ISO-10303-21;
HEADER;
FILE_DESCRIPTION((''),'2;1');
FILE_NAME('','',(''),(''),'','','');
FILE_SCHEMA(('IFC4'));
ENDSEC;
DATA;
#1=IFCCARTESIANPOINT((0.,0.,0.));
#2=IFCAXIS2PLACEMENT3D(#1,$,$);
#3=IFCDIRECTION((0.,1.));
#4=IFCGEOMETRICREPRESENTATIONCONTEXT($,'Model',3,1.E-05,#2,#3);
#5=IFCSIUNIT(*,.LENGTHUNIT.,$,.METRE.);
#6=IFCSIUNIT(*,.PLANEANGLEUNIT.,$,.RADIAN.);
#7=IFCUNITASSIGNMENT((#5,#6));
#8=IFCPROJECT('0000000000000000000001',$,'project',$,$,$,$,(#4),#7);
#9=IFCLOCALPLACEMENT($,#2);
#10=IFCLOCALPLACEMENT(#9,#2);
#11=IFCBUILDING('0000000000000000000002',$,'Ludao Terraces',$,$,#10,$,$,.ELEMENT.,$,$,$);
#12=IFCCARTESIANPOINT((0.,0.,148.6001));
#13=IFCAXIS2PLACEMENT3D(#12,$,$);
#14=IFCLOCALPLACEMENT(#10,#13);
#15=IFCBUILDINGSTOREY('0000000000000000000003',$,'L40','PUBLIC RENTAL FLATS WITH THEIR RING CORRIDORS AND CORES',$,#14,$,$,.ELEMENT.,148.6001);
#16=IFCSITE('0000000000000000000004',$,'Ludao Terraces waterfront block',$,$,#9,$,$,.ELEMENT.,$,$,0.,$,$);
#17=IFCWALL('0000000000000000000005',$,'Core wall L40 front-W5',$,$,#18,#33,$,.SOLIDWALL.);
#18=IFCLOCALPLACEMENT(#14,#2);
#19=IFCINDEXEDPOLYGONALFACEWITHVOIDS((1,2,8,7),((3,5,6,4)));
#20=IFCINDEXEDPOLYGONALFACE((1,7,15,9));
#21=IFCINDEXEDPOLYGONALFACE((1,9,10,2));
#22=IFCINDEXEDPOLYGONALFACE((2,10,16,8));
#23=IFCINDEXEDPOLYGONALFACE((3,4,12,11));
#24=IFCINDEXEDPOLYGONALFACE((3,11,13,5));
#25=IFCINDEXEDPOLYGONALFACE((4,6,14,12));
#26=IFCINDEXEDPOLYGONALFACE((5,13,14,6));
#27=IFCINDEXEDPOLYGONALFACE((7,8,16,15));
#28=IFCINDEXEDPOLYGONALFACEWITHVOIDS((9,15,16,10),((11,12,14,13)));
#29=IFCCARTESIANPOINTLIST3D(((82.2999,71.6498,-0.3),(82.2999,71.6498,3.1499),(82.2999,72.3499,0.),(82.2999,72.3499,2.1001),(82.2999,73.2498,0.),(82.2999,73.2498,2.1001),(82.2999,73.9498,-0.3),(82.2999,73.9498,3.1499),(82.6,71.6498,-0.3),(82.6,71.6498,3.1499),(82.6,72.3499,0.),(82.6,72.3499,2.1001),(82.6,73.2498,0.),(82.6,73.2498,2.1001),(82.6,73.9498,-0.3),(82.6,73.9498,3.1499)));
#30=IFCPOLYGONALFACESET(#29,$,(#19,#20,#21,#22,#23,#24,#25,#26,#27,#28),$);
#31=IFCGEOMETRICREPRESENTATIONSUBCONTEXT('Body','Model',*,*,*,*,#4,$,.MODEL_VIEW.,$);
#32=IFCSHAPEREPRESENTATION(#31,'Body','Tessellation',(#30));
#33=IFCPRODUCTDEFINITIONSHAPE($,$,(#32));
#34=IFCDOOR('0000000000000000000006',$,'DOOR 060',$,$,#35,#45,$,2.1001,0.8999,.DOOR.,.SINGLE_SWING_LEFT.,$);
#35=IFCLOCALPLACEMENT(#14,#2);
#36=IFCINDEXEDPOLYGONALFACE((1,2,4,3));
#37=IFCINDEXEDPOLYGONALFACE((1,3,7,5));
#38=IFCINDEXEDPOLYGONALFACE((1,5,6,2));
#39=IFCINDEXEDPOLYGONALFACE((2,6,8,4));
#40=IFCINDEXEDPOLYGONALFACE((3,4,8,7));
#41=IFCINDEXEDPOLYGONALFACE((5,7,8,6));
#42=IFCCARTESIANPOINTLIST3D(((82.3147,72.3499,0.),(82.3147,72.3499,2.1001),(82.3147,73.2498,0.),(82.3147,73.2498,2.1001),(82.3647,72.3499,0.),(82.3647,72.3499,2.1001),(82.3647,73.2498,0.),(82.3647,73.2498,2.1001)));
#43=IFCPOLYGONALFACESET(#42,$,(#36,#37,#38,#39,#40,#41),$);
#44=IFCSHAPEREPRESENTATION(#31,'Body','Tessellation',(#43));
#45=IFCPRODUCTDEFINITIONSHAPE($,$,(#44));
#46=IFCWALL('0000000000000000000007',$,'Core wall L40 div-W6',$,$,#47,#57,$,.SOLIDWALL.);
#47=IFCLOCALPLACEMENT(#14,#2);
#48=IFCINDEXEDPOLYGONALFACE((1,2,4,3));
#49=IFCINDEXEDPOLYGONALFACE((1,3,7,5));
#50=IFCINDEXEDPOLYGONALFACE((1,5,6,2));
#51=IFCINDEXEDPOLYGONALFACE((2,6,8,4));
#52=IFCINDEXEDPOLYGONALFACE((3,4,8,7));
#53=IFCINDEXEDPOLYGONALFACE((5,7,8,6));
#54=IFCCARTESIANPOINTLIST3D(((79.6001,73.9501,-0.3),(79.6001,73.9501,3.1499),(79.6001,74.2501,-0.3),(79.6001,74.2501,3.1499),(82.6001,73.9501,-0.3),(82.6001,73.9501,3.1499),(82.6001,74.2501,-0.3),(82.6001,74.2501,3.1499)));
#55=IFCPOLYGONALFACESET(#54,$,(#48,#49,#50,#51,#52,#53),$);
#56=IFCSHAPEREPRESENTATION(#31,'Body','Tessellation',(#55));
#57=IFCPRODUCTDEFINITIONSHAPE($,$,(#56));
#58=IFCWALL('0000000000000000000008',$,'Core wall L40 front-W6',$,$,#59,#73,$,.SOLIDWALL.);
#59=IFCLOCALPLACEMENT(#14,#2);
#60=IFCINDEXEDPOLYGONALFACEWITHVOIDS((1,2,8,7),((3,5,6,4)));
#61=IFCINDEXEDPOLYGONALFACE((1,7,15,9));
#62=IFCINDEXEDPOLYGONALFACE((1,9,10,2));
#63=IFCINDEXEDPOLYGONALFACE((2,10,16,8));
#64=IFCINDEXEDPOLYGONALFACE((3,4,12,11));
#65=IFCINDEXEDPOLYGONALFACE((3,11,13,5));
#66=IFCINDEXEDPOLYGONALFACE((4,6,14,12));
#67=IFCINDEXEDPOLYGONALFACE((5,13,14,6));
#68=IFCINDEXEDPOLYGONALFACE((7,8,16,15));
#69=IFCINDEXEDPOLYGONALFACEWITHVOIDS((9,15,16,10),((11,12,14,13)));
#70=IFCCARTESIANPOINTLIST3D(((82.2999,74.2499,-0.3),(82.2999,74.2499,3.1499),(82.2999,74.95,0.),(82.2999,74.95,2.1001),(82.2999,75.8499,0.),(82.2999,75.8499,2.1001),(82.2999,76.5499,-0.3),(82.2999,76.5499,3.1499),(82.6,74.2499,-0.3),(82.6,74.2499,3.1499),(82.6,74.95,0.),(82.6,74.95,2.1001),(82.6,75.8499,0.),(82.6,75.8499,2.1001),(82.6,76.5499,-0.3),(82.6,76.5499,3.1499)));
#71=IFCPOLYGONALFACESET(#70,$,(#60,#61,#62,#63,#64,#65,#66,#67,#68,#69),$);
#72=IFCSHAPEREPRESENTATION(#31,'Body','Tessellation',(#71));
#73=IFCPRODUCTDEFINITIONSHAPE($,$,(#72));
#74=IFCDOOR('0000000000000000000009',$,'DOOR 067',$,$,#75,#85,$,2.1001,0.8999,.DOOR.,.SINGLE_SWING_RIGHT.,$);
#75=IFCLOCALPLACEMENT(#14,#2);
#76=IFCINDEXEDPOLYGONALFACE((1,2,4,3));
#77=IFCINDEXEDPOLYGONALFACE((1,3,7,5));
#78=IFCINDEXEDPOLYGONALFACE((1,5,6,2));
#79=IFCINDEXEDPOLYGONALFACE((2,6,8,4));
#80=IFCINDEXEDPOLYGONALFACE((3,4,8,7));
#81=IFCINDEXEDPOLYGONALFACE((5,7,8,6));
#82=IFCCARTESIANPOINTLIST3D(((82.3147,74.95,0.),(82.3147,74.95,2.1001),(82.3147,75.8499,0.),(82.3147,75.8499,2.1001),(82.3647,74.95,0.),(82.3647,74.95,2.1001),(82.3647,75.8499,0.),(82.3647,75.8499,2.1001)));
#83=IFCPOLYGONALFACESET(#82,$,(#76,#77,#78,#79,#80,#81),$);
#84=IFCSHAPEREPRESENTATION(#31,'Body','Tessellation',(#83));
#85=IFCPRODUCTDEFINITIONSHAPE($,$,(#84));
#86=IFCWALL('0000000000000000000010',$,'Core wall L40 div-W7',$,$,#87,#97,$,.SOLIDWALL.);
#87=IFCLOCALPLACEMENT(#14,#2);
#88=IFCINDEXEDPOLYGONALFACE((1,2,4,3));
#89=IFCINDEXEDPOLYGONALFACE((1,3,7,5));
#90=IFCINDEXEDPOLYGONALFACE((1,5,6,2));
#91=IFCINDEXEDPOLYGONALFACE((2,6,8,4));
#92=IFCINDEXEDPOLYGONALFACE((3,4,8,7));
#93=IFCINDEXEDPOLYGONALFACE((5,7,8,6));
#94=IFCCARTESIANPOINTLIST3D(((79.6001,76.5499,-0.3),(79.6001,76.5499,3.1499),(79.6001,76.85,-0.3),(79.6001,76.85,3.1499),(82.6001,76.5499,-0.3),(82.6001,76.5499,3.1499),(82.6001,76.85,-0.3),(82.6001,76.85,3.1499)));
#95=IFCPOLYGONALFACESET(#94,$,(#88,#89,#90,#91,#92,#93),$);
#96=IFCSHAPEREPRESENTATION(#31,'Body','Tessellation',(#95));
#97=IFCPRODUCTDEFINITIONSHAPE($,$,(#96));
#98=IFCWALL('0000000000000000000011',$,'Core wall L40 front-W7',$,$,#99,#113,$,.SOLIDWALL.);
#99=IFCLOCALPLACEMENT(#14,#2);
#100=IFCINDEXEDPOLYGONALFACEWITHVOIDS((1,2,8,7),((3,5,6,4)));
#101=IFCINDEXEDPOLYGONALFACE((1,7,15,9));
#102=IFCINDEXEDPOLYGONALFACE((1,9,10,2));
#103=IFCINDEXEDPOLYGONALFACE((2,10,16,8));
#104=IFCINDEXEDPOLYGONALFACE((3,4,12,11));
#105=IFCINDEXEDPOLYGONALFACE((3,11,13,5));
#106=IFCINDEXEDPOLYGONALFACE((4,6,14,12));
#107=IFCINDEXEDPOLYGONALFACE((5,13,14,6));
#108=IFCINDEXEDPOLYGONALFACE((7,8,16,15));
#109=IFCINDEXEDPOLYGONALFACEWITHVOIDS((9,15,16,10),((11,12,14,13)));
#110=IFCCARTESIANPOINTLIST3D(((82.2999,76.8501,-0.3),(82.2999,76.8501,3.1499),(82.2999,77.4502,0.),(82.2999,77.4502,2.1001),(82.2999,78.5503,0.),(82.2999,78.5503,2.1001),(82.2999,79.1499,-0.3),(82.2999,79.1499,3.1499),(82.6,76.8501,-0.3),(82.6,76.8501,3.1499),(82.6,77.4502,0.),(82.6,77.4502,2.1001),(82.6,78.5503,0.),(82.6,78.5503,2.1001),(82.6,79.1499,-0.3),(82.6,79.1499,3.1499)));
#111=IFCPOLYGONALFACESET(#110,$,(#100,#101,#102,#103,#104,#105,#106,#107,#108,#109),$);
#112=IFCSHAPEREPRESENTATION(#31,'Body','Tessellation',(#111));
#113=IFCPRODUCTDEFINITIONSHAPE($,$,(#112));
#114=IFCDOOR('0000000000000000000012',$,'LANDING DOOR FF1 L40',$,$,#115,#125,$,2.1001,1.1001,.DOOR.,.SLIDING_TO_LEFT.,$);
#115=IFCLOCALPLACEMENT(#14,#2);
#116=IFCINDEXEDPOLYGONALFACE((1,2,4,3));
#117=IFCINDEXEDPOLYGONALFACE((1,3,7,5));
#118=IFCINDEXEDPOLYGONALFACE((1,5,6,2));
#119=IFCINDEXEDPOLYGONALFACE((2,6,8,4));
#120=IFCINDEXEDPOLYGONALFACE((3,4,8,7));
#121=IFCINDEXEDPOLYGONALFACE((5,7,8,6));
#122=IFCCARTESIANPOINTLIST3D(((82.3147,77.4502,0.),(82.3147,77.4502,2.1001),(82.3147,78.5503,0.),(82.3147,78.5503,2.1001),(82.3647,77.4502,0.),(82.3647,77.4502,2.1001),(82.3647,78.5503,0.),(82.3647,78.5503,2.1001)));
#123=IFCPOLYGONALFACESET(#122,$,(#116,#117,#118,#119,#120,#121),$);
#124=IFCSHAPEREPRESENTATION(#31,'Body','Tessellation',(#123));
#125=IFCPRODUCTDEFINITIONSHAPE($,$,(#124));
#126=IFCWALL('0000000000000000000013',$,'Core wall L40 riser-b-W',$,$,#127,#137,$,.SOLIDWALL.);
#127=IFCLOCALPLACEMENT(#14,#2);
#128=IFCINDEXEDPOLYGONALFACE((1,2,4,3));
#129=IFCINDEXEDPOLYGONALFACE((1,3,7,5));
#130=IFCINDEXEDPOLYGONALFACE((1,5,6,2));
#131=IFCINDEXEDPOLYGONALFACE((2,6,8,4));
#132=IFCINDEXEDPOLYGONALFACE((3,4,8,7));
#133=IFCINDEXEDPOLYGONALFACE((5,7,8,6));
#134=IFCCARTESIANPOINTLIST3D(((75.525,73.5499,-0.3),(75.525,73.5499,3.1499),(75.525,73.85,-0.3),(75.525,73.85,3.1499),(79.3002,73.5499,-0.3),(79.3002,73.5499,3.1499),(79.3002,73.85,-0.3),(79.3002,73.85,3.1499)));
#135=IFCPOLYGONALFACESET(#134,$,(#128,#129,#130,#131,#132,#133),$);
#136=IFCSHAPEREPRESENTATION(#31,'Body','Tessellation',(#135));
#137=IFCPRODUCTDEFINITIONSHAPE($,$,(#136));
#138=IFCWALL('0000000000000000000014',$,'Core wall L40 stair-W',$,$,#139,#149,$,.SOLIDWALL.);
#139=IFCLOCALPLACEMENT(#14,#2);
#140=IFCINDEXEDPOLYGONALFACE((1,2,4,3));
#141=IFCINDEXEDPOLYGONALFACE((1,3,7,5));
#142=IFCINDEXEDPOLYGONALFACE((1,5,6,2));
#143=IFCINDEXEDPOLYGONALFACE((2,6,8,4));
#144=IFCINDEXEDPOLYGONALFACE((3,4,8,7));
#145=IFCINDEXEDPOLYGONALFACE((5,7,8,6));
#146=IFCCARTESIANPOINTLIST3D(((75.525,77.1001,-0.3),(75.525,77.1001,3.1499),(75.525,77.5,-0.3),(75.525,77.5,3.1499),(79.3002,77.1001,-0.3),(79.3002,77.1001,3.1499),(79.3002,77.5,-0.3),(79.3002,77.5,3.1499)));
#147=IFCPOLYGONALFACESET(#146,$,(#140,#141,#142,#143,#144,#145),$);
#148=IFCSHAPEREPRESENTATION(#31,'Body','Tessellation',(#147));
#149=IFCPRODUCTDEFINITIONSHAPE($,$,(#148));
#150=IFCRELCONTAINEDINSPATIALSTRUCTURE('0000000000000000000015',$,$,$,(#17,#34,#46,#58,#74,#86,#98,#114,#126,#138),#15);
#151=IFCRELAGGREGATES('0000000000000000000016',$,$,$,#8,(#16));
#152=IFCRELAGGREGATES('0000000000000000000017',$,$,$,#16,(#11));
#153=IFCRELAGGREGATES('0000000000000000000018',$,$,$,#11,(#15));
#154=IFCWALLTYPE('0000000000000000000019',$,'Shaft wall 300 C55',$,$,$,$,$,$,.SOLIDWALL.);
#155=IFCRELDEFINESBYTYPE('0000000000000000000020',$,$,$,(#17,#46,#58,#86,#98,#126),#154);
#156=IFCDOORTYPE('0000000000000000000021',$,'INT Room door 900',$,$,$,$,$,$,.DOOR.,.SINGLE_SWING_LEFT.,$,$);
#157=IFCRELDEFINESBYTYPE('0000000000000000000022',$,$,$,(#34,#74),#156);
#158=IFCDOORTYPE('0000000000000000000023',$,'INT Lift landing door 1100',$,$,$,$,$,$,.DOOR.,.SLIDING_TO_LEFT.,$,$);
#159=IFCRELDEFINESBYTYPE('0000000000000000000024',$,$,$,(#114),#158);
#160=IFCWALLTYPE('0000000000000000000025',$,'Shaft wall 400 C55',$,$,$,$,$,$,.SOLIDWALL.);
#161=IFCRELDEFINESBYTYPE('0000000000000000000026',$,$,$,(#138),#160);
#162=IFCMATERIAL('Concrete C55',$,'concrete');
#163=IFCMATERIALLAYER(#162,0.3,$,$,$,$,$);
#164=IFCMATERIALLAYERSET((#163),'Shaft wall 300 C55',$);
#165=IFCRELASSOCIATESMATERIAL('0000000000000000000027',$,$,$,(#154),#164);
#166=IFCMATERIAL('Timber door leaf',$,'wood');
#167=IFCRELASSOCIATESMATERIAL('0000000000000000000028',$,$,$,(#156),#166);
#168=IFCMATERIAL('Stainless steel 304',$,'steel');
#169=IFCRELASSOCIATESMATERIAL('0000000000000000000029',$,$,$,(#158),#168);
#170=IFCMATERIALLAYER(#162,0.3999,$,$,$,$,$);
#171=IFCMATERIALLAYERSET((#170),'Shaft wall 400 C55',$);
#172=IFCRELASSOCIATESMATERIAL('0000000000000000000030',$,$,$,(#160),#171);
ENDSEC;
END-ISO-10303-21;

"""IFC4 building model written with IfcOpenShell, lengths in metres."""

from ifc_helpers import new_model, si_unit, direction, frame, frame_2d, origin, place, context, subcontext, project, spatial, rectangle, extrude, material, layer, layer_set, type_object, element, fill, save


model = new_model("IFC4")

# Units and contexts
model_context = context("Model", 3, precision=1e-05, world=origin(), true_north=direction((0.0, 1.0)))
body_context = subcontext(model_context, "Body", "Model", "MODEL_VIEW")
ifc_project = project(units=[si_unit("LENGTHUNIT", "METRE"), si_unit("PLANEANGLEUNIT", "RADIAN")], contexts=[model_context])

# Site, building, storey
site_placement = place(None, origin())
site = spatial("IfcSite", under=ifc_project, at=site_placement, Name="Ludao Terraces waterfront block", CompositionType="ELEMENT", RefElevation=0.0)
building_placement = place(site_placement, origin())
building = spatial("IfcBuilding", under=site, at=building_placement, Name="Ludao Terraces", CompositionType="ELEMENT")
storey_placement = place(building_placement, frame((0.0, 0.0, 148.6001)))
storey = spatial("IfcBuildingStorey", under=building, at=storey_placement, Name="L40", Description="PUBLIC RENTAL FLATS WITH THEIR RING CORRIDORS AND CORES", CompositionType="ELEMENT", Elevation=148.6001)

# Shared definitions
ifc_material_1 = material(Name="Concrete C55", Category="concrete")
ifc_layer_1 = layer(ifc_material_1, 0.3)
ifc_layer_set_1 = layer_set([ifc_layer_1], Name="Shaft wall 300 C55")
wall_type_1 = type_object("IfcWallType", Name="Shaft wall 300 C55", PredefinedType="SOLIDWALL", material=ifc_layer_set_1)

# Shared definitions
ifc_material_2 = material(Name="Timber door leaf", Category="wood")
door_type_1 = type_object("IfcDoorType", Name="INT Room door 900", OperationType="SINGLE_SWING_LEFT", PredefinedType="DOOR", material=ifc_material_2)

# Wall, opening, door
wall_1_placement = place(storey_placement, frame((82.45, 71.6499, -0.3), z_axis=(0.0, 0.0, 1.0), x_axis=(0.0, 1.0, 0.0)))
wall_1 = element("IfcWall", 1, at=wall_1_placement, inside=storey, type_object=wall_type_1, Name="Core wall L40 front-W5", PredefinedType="SOLIDWALL", context=body_context, shape_type="SweptSolid", body=[
    extrude(rectangle(XDim=2.3, YDim=0.3, at=frame_2d((1.1499, 0.0))), origin(), (0.0, 0.0, 1.0), 3.45),
])
opening_1_placement = place(wall_1_placement, frame((0.7, 0.0, 0.3)))
opening_1 = element("IfcOpeningElement", 2, at=opening_1_placement, cuts=wall_1, PredefinedType="OPENING", context=body_context, shape_type="SweptSolid", body=[
    extrude(rectangle(XDim=0.8999, YDim=2.1001, at=frame_2d((0.45, 1.05))), frame((0.0, 0.1602, 0.0), z_axis=(0.0, -1.0, 0.0), x_axis=(1.0, 0.0, 0.0)), (0.0, 0.0, 1.0), 0.3201),
])
door_1_placement = place(opening_1_placement, origin())
door_1 = element("IfcDoor", 3, at=door_1_placement, inside=storey, type_object=door_type_1, Name="DOOR 060", OperationType="SINGLE_SWING_LEFT", OverallHeight=2.1001, OverallWidth=0.8999, PredefinedType="DOOR", context=body_context, shape_type="SweptSolid", body=[
    extrude(rectangle(XDim=0.8999, YDim=2.1001, at=frame_2d((0.45, 1.05))), frame((0.0, 0.1353, 0.0), z_axis=(0.0, -1.0, 0.0), x_axis=(1.0, 0.0, 0.0)), (0.0, 0.0, 1.0), 0.05),
])
fill(opening_1, door_1)

# Wall
wall_2_placement = place(storey_placement, frame((79.6001, 74.1001, -0.3), z_axis=(0.0, 0.0, 1.0), x_axis=(1.0, 0.0, 0.0)))
element("IfcWall", 4, at=wall_2_placement, inside=storey, type_object=wall_type_1, Name="Core wall L40 div-W6", PredefinedType="SOLIDWALL", context=body_context, shape_type="SweptSolid", body=[
    extrude(rectangle(XDim=3.0, YDim=0.3, at=frame_2d((1.5, 0.0))), origin(), (0.0, 0.0, 1.0), 3.45),
])

# Wall, opening, door
wall_3_placement = place(storey_placement, frame((82.45, 74.25, -0.3), z_axis=(0.0, 0.0, 1.0), x_axis=(0.0, 1.0, 0.0)))
wall_3 = element("IfcWall", 5, at=wall_3_placement, inside=storey, type_object=wall_type_1, Name="Core wall L40 front-W6", PredefinedType="SOLIDWALL", context=body_context, shape_type="SweptSolid", body=[
    extrude(rectangle(XDim=2.3, YDim=0.3, at=frame_2d((1.1499, 0.0))), origin(), (0.0, 0.0, 1.0), 3.45),
])
opening_2_placement = place(wall_3_placement, frame((0.7, 0.0, 0.3)))
opening_2 = element("IfcOpeningElement", 6, at=opening_2_placement, cuts=wall_3, PredefinedType="OPENING", context=body_context, shape_type="SweptSolid", body=[
    extrude(rectangle(XDim=0.8999, YDim=2.1001, at=frame_2d((0.45, 1.05))), frame((0.0, 0.1602, 0.0), z_axis=(0.0, -1.0, 0.0), x_axis=(1.0, 0.0, 0.0)), (0.0, 0.0, 1.0), 0.3201),
])
door_2_placement = place(opening_2_placement, origin())
door_2 = element("IfcDoor", 7, at=door_2_placement, inside=storey, type_object=door_type_1, Name="DOOR 067", OperationType="SINGLE_SWING_RIGHT", OverallHeight=2.1001, OverallWidth=0.8999, PredefinedType="DOOR", context=body_context, shape_type="SweptSolid", body=[
    extrude(rectangle(XDim=0.8999, YDim=2.1001, at=frame_2d((0.45, 1.05))), frame((0.0, 0.1353, 0.0), z_axis=(0.0, -1.0, 0.0), x_axis=(1.0, 0.0, 0.0)), (0.0, 0.0, 1.0), 0.05),
])
fill(opening_2, door_2)

# Wall
wall_4_placement = place(storey_placement, frame((79.6001, 76.7, -0.3), z_axis=(0.0, 0.0, 1.0), x_axis=(1.0, 0.0, 0.0)))
element("IfcWall", 8, at=wall_4_placement, inside=storey, type_object=wall_type_1, Name="Core wall L40 div-W7", PredefinedType="SOLIDWALL", context=body_context, shape_type="SweptSolid", body=[
    extrude(rectangle(XDim=3.0, YDim=0.3, at=frame_2d((1.5, 0.0))), origin(), (0.0, 0.0, 1.0), 3.45),
])

# Wall, opening, door
wall_5_placement = place(storey_placement, frame((82.45, 76.8501, -0.3), z_axis=(0.0, 0.0, 1.0), x_axis=(0.0, 1.0, 0.0)))
wall_5 = element("IfcWall", 9, at=wall_5_placement, inside=storey, type_object=wall_type_1, Name="Core wall L40 front-W7", PredefinedType="SOLIDWALL", context=body_context, shape_type="SweptSolid", body=[
    extrude(rectangle(XDim=2.2998, YDim=0.3, at=frame_2d((1.1499, 0.0))), origin(), (0.0, 0.0, 1.0), 3.45),
])
opening_3_placement = place(wall_5_placement, frame((0.6001, 0.0, 0.3)))
opening_3 = element("IfcOpeningElement", 10, at=opening_3_placement, cuts=wall_5, PredefinedType="OPENING", context=body_context, shape_type="SweptSolid", body=[
    extrude(rectangle(XDim=1.1001, YDim=2.1001, at=frame_2d((0.55, 1.05))), frame((0.0, 0.1602, 0.0), z_axis=(0.0, -1.0, 0.0), x_axis=(1.0, 0.0, 0.0)), (0.0, 0.0, 1.0), 0.3201),
])
ifc_material_3 = material(Name="Stainless steel 304", Category="steel")
door_type_2 = type_object("IfcDoorType", Name="INT Lift landing door 1100", OperationType="SLIDING_TO_LEFT", PredefinedType="DOOR", material=ifc_material_3)
door_3_placement = place(opening_3_placement, origin())
door_3 = element("IfcDoor", 11, at=door_3_placement, inside=storey, type_object=door_type_2, Name="LANDING DOOR FF1 L40", OperationType="SLIDING_TO_LEFT", OverallHeight=2.1001, OverallWidth=1.1001, PredefinedType="DOOR", context=body_context, shape_type="SweptSolid", body=[
    extrude(rectangle(XDim=1.1001, YDim=2.1001, at=frame_2d((0.55, 1.05))), frame((0.0, 0.1353, 0.0), z_axis=(0.0, -1.0, 0.0), x_axis=(1.0, 0.0, 0.0)), (0.0, 0.0, 1.0), 0.05),
])
fill(opening_3, door_3)

# Walls
wall_6_placement = place(storey_placement, frame((75.5249, 73.7, -0.3), z_axis=(0.0, 0.0, 1.0), x_axis=(1.0, 0.0, 0.0)))
element("IfcWall", 12, at=wall_6_placement, inside=storey, type_object=wall_type_1, Name="Core wall L40 riser-b-W", PredefinedType="SOLIDWALL", context=body_context, shape_type="SweptSolid", body=[
    extrude(rectangle(XDim=3.7751, YDim=0.3, at=frame_2d((1.8877, 0.0))), origin(), (0.0, 0.0, 1.0), 3.45),
])
ifc_layer_2 = layer(ifc_material_1, 0.3999)
ifc_layer_set_2 = layer_set([ifc_layer_2], Name="Shaft wall 400 C55")
wall_type_2 = type_object("IfcWallType", Name="Shaft wall 400 C55", PredefinedType="SOLIDWALL", material=ifc_layer_set_2)
wall_7_placement = place(storey_placement, frame((75.5249, 77.3, -0.3), z_axis=(0.0, 0.0, 1.0), x_axis=(1.0, 0.0, 0.0)))
element("IfcWall", 13, at=wall_7_placement, inside=storey, type_object=wall_type_2, Name="Core wall L40 stair-W", PredefinedType="SOLIDWALL", context=body_context, shape_type="SweptSolid", body=[
    extrude(rectangle(XDim=3.7751, YDim=0.3999, at=frame_2d((1.8877, 0.0))), origin(), (0.0, 0.0, 1.0), 3.45),
])

save(model, "model.ifc")
